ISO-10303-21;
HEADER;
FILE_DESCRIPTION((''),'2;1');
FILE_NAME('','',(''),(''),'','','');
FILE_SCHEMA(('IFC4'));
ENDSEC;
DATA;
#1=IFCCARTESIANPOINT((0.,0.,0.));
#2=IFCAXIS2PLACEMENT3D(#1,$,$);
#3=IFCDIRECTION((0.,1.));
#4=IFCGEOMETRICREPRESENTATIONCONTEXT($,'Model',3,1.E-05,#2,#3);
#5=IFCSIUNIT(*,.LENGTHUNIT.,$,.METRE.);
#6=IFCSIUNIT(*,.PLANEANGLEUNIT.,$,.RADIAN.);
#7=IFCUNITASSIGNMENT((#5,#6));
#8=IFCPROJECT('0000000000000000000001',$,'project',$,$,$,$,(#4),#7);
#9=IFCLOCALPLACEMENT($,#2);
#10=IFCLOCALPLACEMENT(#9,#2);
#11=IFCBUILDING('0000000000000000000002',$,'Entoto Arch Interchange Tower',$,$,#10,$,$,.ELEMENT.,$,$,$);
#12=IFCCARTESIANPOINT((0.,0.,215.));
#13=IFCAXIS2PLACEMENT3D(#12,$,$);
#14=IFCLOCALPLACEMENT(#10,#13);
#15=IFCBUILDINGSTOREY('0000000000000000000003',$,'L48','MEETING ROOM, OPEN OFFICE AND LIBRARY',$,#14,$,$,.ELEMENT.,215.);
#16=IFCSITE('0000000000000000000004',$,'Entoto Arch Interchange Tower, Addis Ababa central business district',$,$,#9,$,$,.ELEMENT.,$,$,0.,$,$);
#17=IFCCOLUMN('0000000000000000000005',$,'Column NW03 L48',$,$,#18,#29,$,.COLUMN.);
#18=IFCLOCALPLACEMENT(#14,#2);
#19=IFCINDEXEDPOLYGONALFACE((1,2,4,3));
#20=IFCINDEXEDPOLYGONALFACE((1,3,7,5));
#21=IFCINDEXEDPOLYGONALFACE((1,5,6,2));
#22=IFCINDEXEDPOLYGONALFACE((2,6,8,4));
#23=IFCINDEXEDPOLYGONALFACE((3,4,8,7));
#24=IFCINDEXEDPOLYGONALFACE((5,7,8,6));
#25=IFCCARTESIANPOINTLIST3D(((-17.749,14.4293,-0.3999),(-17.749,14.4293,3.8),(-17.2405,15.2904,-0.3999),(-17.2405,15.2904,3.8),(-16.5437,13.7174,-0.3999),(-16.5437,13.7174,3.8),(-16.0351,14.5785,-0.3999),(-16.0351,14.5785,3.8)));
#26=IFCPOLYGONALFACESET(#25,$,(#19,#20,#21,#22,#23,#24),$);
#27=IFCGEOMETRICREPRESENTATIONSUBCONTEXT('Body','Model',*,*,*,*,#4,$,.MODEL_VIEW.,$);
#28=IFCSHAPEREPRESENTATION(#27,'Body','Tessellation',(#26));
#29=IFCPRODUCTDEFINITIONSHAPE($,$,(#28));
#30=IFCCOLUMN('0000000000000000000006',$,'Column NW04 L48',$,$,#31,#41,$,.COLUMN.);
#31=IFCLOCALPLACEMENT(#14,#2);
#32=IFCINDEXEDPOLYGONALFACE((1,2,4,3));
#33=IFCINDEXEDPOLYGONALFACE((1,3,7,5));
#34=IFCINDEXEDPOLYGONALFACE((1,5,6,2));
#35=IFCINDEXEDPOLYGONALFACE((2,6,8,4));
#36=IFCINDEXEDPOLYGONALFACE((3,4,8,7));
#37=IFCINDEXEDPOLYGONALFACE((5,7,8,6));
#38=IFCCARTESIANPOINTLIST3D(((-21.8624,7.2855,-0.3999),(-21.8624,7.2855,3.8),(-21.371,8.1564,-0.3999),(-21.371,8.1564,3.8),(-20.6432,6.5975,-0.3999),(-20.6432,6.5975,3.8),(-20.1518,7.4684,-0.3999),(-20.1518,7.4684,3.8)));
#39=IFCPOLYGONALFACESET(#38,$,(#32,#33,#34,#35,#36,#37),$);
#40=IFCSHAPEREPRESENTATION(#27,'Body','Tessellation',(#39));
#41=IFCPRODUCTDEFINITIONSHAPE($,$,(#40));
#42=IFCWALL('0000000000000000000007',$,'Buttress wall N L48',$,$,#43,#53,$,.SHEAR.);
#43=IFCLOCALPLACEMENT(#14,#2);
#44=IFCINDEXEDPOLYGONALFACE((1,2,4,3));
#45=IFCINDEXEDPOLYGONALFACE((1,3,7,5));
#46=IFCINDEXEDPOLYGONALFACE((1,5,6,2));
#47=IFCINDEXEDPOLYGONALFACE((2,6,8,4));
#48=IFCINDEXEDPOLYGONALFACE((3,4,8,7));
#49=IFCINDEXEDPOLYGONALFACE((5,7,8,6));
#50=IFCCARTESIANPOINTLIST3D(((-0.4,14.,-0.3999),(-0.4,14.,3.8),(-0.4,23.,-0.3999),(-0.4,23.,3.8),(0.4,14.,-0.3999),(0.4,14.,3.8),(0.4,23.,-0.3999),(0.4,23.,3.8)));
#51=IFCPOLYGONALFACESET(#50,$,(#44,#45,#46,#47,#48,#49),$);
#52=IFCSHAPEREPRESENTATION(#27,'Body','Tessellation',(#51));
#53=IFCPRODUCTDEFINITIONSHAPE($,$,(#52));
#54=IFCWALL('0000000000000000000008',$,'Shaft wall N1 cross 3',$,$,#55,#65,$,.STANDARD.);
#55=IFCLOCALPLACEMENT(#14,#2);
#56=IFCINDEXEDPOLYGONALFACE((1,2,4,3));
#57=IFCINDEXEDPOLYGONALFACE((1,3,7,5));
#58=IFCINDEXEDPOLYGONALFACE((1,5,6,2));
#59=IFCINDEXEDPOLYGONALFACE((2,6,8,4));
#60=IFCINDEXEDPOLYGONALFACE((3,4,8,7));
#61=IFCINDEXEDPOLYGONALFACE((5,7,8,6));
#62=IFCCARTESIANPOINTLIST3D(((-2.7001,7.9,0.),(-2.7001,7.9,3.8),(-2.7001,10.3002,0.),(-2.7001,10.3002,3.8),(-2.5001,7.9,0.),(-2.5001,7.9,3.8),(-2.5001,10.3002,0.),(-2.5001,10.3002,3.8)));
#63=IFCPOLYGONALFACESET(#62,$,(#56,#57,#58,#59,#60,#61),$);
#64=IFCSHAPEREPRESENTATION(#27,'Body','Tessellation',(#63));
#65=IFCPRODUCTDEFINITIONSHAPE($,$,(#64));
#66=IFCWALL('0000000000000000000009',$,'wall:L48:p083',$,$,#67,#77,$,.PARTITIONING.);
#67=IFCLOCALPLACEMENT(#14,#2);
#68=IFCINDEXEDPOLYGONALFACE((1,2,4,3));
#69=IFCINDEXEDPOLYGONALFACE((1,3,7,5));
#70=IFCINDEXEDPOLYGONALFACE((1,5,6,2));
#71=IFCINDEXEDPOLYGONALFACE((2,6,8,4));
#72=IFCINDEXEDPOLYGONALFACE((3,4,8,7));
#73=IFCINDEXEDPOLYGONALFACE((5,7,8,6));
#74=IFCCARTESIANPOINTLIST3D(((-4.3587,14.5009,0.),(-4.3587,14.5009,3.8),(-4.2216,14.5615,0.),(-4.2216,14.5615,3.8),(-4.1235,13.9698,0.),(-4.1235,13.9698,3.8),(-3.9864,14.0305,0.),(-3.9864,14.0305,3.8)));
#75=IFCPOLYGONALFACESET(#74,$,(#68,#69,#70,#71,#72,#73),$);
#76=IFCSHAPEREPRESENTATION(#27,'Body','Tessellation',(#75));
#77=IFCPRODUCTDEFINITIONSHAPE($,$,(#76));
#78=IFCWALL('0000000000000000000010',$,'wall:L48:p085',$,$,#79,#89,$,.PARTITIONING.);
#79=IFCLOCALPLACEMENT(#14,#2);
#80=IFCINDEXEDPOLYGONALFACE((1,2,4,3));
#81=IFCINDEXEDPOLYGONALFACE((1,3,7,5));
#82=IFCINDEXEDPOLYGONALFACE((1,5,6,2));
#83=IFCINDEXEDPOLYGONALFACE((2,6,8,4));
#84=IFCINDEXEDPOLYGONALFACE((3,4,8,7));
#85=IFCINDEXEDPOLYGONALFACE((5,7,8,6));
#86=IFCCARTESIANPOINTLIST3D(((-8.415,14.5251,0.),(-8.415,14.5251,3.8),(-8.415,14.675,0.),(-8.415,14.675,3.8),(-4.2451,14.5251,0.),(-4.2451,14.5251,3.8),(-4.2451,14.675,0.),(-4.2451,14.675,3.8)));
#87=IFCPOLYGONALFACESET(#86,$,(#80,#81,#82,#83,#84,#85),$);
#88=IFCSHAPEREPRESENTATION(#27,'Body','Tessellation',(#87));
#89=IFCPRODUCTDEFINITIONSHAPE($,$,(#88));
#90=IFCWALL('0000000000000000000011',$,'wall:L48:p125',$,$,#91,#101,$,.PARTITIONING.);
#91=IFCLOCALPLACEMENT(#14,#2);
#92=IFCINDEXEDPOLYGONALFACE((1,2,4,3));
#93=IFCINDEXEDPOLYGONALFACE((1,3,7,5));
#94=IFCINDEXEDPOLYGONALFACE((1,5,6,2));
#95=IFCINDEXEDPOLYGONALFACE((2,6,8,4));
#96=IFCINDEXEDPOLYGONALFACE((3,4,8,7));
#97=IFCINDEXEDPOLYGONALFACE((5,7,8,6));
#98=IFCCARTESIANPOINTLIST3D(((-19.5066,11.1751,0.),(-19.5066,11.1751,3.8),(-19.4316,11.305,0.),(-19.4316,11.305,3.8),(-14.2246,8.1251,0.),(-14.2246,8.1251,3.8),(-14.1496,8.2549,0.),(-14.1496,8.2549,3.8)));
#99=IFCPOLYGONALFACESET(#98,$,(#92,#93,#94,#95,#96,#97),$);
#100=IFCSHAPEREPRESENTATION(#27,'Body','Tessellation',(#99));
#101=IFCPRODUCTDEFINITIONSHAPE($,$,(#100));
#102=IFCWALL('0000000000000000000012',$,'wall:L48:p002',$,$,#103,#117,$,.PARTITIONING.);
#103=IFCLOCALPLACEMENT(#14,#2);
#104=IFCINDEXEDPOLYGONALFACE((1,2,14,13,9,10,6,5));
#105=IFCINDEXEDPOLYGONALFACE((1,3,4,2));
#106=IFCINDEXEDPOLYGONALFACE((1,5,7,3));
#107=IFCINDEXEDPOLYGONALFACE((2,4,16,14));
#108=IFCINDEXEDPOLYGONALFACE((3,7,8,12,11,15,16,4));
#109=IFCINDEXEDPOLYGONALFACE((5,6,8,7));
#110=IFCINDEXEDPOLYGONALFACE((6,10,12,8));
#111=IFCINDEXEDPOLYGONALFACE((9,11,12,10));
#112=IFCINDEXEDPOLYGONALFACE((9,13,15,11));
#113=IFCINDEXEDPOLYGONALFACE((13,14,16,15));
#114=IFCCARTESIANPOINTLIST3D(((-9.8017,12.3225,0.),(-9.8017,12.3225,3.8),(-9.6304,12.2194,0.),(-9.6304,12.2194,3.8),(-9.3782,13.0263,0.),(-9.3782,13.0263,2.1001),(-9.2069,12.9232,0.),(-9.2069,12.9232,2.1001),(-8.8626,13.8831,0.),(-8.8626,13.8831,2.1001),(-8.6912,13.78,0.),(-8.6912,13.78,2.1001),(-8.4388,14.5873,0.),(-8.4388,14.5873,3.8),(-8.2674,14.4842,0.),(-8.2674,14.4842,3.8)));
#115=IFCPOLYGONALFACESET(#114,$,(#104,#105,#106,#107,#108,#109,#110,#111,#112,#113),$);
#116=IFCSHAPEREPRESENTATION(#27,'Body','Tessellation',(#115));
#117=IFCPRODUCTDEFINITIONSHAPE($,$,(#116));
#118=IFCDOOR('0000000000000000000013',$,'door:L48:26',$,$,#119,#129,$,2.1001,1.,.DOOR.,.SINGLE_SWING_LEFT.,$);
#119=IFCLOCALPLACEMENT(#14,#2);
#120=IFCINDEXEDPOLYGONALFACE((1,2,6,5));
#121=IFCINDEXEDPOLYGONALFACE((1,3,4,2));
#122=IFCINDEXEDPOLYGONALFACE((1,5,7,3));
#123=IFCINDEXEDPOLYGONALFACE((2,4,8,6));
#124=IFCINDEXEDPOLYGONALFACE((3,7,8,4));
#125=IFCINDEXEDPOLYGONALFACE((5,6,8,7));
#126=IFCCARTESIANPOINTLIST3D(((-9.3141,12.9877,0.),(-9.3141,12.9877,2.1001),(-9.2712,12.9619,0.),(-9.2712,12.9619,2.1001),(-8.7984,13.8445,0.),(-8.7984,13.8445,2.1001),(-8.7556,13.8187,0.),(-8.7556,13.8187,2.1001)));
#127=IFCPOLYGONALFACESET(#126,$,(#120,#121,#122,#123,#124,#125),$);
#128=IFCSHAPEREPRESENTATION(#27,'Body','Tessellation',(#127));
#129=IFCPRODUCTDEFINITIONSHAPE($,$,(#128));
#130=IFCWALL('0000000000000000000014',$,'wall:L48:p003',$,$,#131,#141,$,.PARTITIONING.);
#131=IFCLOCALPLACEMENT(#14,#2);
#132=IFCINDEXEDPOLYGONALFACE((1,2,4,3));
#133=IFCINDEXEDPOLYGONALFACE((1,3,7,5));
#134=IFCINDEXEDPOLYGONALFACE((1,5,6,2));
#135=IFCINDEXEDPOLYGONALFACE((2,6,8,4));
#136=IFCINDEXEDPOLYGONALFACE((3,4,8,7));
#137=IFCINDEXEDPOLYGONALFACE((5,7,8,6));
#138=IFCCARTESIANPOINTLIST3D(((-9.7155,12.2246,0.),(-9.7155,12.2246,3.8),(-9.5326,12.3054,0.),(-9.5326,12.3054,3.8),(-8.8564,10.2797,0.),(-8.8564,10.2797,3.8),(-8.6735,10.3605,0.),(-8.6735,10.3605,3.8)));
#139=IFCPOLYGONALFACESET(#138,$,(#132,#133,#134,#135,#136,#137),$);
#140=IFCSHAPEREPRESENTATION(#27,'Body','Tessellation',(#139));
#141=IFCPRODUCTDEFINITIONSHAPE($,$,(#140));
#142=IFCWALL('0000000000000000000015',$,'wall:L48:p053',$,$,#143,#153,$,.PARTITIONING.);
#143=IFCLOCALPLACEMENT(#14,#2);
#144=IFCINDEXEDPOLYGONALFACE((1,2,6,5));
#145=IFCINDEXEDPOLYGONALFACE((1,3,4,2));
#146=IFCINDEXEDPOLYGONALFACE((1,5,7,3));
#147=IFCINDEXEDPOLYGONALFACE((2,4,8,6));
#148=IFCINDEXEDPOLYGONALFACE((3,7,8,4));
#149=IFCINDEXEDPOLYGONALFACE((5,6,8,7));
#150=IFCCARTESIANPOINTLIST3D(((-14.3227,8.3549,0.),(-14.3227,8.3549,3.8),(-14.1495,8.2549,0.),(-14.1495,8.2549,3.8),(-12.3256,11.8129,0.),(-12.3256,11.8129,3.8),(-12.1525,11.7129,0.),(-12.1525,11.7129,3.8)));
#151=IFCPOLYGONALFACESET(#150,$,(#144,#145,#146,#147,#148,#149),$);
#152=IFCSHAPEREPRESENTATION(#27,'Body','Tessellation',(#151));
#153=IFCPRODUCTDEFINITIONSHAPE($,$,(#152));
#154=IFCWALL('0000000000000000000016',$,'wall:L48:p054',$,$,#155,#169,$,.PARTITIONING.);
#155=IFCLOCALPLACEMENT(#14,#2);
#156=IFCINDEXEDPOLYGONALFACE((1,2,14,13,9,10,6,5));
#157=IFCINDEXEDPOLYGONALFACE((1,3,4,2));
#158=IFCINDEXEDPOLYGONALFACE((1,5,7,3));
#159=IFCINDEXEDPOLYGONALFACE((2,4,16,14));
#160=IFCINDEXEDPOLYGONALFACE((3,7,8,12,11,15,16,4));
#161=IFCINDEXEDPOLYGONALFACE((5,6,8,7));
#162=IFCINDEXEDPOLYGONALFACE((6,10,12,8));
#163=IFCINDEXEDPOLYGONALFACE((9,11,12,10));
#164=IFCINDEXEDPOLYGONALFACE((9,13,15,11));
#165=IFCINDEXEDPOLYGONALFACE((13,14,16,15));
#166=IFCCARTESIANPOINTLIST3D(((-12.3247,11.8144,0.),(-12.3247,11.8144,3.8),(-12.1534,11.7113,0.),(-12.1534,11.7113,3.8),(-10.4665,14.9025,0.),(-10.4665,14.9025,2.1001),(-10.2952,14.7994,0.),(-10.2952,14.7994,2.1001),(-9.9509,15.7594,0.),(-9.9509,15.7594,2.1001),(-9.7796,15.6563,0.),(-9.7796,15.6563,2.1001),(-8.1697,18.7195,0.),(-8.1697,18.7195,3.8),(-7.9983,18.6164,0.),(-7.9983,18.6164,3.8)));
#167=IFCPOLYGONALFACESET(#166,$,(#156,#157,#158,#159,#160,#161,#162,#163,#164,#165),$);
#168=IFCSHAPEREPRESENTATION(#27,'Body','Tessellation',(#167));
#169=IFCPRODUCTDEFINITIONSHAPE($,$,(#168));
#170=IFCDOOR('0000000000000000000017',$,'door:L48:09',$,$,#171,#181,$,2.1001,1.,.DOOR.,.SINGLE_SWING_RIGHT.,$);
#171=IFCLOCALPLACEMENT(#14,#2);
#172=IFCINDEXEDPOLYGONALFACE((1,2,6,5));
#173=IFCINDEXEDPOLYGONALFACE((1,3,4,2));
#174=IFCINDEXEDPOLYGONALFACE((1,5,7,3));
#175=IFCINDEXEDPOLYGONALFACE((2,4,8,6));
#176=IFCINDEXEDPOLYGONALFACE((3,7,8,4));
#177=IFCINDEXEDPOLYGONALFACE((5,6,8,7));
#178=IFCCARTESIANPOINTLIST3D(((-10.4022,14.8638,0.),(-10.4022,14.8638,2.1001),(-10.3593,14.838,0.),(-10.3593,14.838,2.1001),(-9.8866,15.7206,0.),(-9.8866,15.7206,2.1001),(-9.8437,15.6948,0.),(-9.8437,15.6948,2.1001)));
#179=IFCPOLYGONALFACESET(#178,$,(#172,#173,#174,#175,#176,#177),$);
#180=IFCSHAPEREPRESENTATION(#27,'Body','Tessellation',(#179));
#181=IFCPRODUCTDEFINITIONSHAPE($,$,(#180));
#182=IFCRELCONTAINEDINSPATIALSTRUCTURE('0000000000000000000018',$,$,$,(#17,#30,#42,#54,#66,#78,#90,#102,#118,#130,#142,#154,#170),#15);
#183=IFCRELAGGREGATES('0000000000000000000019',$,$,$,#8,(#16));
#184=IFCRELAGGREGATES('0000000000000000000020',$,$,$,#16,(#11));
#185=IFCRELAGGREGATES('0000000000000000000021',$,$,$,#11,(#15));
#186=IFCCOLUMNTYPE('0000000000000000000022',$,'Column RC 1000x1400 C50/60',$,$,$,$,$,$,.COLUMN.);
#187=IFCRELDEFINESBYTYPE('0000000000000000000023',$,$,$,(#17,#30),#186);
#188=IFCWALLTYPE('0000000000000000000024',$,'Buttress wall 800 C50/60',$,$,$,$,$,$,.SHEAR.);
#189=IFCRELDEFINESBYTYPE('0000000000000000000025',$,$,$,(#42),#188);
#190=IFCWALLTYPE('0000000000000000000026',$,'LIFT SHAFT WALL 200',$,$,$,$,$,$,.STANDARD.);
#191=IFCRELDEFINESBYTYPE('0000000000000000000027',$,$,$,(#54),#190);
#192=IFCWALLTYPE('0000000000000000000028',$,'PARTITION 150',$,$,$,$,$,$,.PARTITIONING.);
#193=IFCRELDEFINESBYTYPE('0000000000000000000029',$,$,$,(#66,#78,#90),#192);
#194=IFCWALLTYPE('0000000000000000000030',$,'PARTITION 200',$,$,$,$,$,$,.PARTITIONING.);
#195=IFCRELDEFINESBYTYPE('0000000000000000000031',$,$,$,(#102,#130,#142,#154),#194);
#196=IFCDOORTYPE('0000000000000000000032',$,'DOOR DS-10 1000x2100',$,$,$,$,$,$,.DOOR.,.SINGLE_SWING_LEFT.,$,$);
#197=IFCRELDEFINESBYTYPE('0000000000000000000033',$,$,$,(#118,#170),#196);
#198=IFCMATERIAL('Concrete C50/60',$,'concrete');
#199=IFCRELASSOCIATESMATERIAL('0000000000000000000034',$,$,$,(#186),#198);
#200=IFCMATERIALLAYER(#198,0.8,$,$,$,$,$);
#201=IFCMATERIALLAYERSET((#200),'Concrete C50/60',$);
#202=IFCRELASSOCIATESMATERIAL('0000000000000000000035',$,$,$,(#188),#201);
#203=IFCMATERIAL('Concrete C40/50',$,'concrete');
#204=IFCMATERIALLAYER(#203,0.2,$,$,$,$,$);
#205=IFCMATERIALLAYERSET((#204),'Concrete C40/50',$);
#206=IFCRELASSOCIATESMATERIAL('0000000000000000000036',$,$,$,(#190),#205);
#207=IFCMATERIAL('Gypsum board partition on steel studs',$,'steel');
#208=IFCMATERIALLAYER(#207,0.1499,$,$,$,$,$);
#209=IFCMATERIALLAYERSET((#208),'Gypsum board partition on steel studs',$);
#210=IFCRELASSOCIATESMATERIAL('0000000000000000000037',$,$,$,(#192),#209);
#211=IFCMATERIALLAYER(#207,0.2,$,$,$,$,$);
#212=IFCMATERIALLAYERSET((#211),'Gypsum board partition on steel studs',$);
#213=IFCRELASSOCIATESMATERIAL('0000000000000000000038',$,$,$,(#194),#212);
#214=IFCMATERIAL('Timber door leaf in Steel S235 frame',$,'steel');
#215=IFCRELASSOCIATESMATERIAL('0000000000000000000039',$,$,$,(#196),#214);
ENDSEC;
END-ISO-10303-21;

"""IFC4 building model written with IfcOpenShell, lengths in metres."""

from ifc_helpers import new_model, si_unit, direction, frame, frame_2d, origin, origin_2d, place, context, subcontext, project, spatial, rectangle, extrude, material, layer, layer_set, material_profile, profile_set, type_object, element, fill, save


model = new_model("IFC4")

# Units and contexts
model_context = context("Model", 3, precision=1e-05, world=origin(), true_north=direction((0.0, 1.0)))
body_context = subcontext(model_context, "Body", "Model", "MODEL_VIEW")
ifc_project = project(units=[si_unit("LENGTHUNIT", "METRE"), si_unit("PLANEANGLEUNIT", "RADIAN")], contexts=[model_context])

# Site, building, storey
site_placement = place(None, origin())
site = spatial("IfcSite", under=ifc_project, at=site_placement, Name="Entoto Arch Interchange Tower, Addis Ababa central business district", CompositionType="ELEMENT", RefElevation=0.0)
building_placement = place(site_placement, origin())
building = spatial("IfcBuilding", under=site, at=building_placement, Name="Entoto Arch Interchange Tower", CompositionType="ELEMENT")
storey_placement = place(building_placement, frame((0.0, 0.0, 215.0)))
storey = spatial("IfcBuildingStorey", under=building, at=storey_placement, Name="L48", Description="MEETING ROOM, OPEN OFFICE AND LIBRARY", CompositionType="ELEMENT", Elevation=215.0)

# Columns
ifc_material_1 = material(Name="Concrete C50/60", Category="concrete")
ifc_material_profile = material_profile(ifc_material_1, rectangle(XDim=1.0, YDim=1.3999, at=origin_2d()))
ifc_profile_set = profile_set([ifc_material_profile], Name="Concrete C50/60")
column_type = type_object("IfcColumnType", Name="Column RC 1000x1400 C50/60", PredefinedType="COLUMN", material=ifc_profile_set)
for number, where, z_axis, x_axis, name in (
    (1, (-16.8921, 14.5039, -0.3999), (0.0, 0.0, 1.0), (0.508516, 0.861053, 0.0), "Column NW03 L48"),
    (2, (-21.0071, 7.377, -0.3999), (0.0, 0.0, 1.0), (0.491436, 0.870914, 0.0), "Column NW04 L48"),
):
    element("IfcColumn", number, at=place(storey_placement, frame(where, z_axis=z_axis, x_axis=x_axis)), inside=storey, type_object=column_type, Name=name, PredefinedType="COLUMN", context=body_context, shape_type="SweptSolid", body=[
        extrude(rectangle(XDim=1.0, YDim=1.3999, at=origin_2d()), origin(), (0.0, 0.0, 1.0), 4.2),
    ])

# Walls
ifc_layer_1 = layer(ifc_material_1, 0.8)
ifc_layer_set_1 = layer_set([ifc_layer_1], Name="Concrete C50/60")
wall_type_1 = type_object("IfcWallType", Name="Buttress wall 800 C50/60", PredefinedType="SHEAR", material=ifc_layer_set_1)
wall_1_placement = place(storey_placement, frame((0.0, 14.0, -0.3999), z_axis=(0.0, 0.0, 1.0), x_axis=(0.0, 1.0, 0.0)))
element("IfcWall", 3, at=wall_1_placement, inside=storey, type_object=wall_type_1, Name="Buttress wall N L48", PredefinedType="SHEAR", context=body_context, shape_type="SweptSolid", body=[
    extrude(rectangle(XDim=9.0, YDim=0.8, at=frame_2d((4.5, 0.0))), origin(), (0.0, 0.0, 1.0), 4.2),
])
ifc_material_2 = material(Name="Concrete C40/50", Category="concrete")
ifc_layer_2 = layer(ifc_material_2, 0.2)
ifc_layer_set_2 = layer_set([ifc_layer_2], Name="Concrete C40/50")
wall_type_2 = type_object("IfcWallType", Name="LIFT SHAFT WALL 200", PredefinedType="STANDARD", material=ifc_layer_set_2)
wall_2_placement = place(storey_placement, frame((-2.6001, 7.8999, 0.0), z_axis=(0.0, 0.0, 1.0), x_axis=(0.0, 1.0, 0.0)))
element("IfcWall", 4, at=wall_2_placement, inside=storey, type_object=wall_type_2, Name="Shaft wall N1 cross 3", PredefinedType="STANDARD", context=body_context, shape_type="SweptSolid", body=[
    extrude(rectangle(XDim=2.4001, YDim=0.2, at=frame_2d((1.2002, 0.0))), origin(), (0.0, 0.0, 1.0), 3.8),
])
ifc_material_3 = material(Name="Gypsum board partition on steel studs", Category="steel")
ifc_layer_3 = layer(ifc_material_3, 0.1499)
ifc_layer_set_3 = layer_set([ifc_layer_3], Name="Gypsum board partition on steel studs")
wall_type_3 = type_object("IfcWallType", Name="PARTITION 150", PredefinedType="PARTITIONING", material=ifc_layer_set_3)
wall_3_placement = place(storey_placement, frame((-4.0549, 14.0, 0.0), z_axis=(0.0, 0.0, 1.0), x_axis=(-0.404851, 0.914383, 0.0)))
element("IfcWall", 5, at=wall_3_placement, inside=storey, type_object=wall_type_3, Name="wall:L48:p083", PredefinedType="PARTITIONING", context=body_context, shape_type="SweptSolid", body=[
    extrude(rectangle(XDim=0.5808, YDim=0.1499, at=frame_2d((0.2905, 0.0))), origin(), (0.0, 0.0, 1.0), 3.8),
])
wall_4_placement = place(storey_placement, frame((-4.2451, 14.6001, 0.0), z_axis=(0.0, 0.0, 1.0), x_axis=(-1.0, 0.0, 0.0)))
element("IfcWall", 6, at=wall_4_placement, inside=storey, type_object=wall_type_3, Name="wall:L48:p085", PredefinedType="PARTITIONING", context=body_context, shape_type="SweptSolid", body=[
    extrude(rectangle(XDim=4.1699, YDim=0.1499, at=frame_2d((2.085, 0.0))), origin(), (0.0, 0.0, 1.0), 3.8),
])
wall_5_placement = place(storey_placement, frame((-14.187, 8.1899, 0.0), z_axis=(0.0, 0.0, 1.0), x_axis=(-0.86599, 0.500061, 0.0)))
element("IfcWall", 7, at=wall_5_placement, inside=storey, type_object=wall_type_3, Name="wall:L48:p125", PredefinedType="PARTITIONING", context=body_context, shape_type="SweptSolid", body=[
    extrude(rectangle(XDim=6.0994, YDim=0.1499, at=frame_2d((3.0498, 0.0))), origin(), (0.0, 0.0, 1.0), 3.8),
])

# Wall, opening, door
ifc_layer_4 = layer(ifc_material_3, 0.2)
ifc_layer_set_4 = layer_set([ifc_layer_4], Name="Gypsum board partition on steel studs")
wall_type_4 = type_object("IfcWallType", Name="PARTITION 200", PredefinedType="PARTITIONING", material=ifc_layer_set_4)
wall_6_placement = place(storey_placement, frame((-8.353, 14.5359, 0.0), z_axis=(0.0, 0.0, 1.0), x_axis=(-0.515636, -0.856808, 0.0)))
wall_6 = element("IfcWall", 8, at=wall_6_placement, inside=storey, type_object=wall_type_4, Name="wall:L48:p002", PredefinedType="PARTITIONING", context=body_context, shape_type="SweptSolid", body=[
    extrude(rectangle(XDim=2.6433, YDim=0.2, at=frame_2d((1.3218, 0.0))), origin(), (0.0, 0.0, 1.0), 3.8),
])
opening_1_placement = place(wall_6_placement, frame((0.822, 0.0, 0.0)))
opening_1 = element("IfcOpeningElement", 9, at=opening_1_placement, cuts=wall_6, PredefinedType="OPENING", context=body_context, shape_type="SweptSolid", body=[
    extrude(rectangle(XDim=1.0, YDim=2.1001, at=frame_2d((0.5, 1.05))), frame((0.0, 0.1099, 0.0), z_axis=(0.0, -1.0, 0.0), x_axis=(1.0, 0.0, 0.0)), (0.0, 0.0, 1.0), 0.22),
])
ifc_material_4 = material(Name="Timber door leaf in Steel S235 frame", Category="steel")
door_type_1 = type_object("IfcDoorType", Name="DOOR DS-10 1000x2100", OperationType="SINGLE_SWING_LEFT", PredefinedType="DOOR", material=ifc_material_4)
door_1_placement = place(opening_1_placement, origin())
door_1 = element("IfcDoor", 10, at=door_1_placement, inside=storey, type_object=door_type_1, Name="door:L48:26", OperationType="SINGLE_SWING_LEFT", OverallHeight=2.1001, OverallWidth=1.0, PredefinedType="DOOR", context=body_context, shape_type="SweptSolid", body=[
    extrude(rectangle(XDim=1.0, YDim=2.1001, at=frame_2d((0.5, 1.05))), frame((0.0, 0.0249, 0.0), z_axis=(0.0, -1.0, 0.0), x_axis=(1.0, 0.0, 0.0)), (0.0, 0.0, 1.0), 0.05),
])
fill(opening_1, door_1)

# Walls
wall_7_placement = place(storey_placement, frame((-9.624, 12.2649, 0.0), z_axis=(0.0, 0.0, 1.0), x_axis=(0.404081, -0.914723, 0.0)))
element("IfcWall", 11, at=wall_7_placement, inside=storey, type_object=wall_type_4, Name="wall:L48:p003", PredefinedType="PARTITIONING", context=body_context, shape_type="SweptSolid", body=[
    extrude(rectangle(XDim=2.1262, YDim=0.2, at=frame_2d((1.063, 0.0))), origin(), (0.0, 0.0, 1.0), 3.8),
])
wall_8_placement = place(storey_placement, frame((-14.2361, 8.3049, 0.0), z_axis=(0.0, 0.0, 1.0), x_axis=(0.500111, 0.865962, 0.0)))
element("IfcWall", 12, at=wall_8_placement, inside=storey, type_object=wall_type_4, Name="wall:L48:p053", PredefinedType="PARTITIONING", context=body_context, shape_type="SweptSolid", body=[
    extrude(rectangle(XDim=3.9932, YDim=0.2, at=frame_2d((1.9966, 0.0))), origin(), (0.0, 0.0, 1.0), 3.8),
])

# Wall, opening, door
wall_9_placement = place(storey_placement, frame((-12.239, 11.7629, 0.0), z_axis=(0.0, 0.0, 1.0), x_axis=(0.515591, 0.856835, 0.0)))
wall_9 = element("IfcWall", 13, at=wall_9_placement, inside=storey, type_object=wall_type_4, Name="wall:L48:p054", PredefinedType="PARTITIONING", context=body_context, shape_type="SweptSolid", body=[
    extrude(rectangle(XDim=8.0588, YDim=0.2, at=frame_2d((4.0293, 0.0))), origin(), (0.0, 0.0, 1.0), 3.8),
])
opening_2_placement = place(wall_9_placement, frame((3.604, 0.0, 0.0)))
opening_2 = element("IfcOpeningElement", 14, at=opening_2_placement, cuts=wall_9, PredefinedType="OPENING", context=body_context, shape_type="SweptSolid", body=[
    extrude(rectangle(XDim=1.0, YDim=2.1001, at=frame_2d((0.5, 1.05))), frame((0.0, 0.1099, 0.0), z_axis=(0.0, -1.0, 0.0), x_axis=(1.0, 0.0, 0.0)), (0.0, 0.0, 1.0), 0.22),
])
door_2_placement = place(opening_2_placement, origin())
door_2 = element("IfcDoor", 15, at=door_2_placement, inside=storey, type_object=door_type_1, Name="door:L48:09", OperationType="SINGLE_SWING_RIGHT", OverallHeight=2.1001, OverallWidth=1.0, PredefinedType="DOOR", context=body_context, shape_type="SweptSolid", body=[
    extrude(rectangle(XDim=1.0, YDim=2.1001, at=frame_2d((0.5, 1.05))), frame((0.0, 0.0249, 0.0), z_axis=(0.0, -1.0, 0.0), x_axis=(1.0, 0.0, 0.0)), (0.0, 0.0, 1.0), 0.05),
])
fill(opening_2, door_2)

save(model, "model.ifc")
